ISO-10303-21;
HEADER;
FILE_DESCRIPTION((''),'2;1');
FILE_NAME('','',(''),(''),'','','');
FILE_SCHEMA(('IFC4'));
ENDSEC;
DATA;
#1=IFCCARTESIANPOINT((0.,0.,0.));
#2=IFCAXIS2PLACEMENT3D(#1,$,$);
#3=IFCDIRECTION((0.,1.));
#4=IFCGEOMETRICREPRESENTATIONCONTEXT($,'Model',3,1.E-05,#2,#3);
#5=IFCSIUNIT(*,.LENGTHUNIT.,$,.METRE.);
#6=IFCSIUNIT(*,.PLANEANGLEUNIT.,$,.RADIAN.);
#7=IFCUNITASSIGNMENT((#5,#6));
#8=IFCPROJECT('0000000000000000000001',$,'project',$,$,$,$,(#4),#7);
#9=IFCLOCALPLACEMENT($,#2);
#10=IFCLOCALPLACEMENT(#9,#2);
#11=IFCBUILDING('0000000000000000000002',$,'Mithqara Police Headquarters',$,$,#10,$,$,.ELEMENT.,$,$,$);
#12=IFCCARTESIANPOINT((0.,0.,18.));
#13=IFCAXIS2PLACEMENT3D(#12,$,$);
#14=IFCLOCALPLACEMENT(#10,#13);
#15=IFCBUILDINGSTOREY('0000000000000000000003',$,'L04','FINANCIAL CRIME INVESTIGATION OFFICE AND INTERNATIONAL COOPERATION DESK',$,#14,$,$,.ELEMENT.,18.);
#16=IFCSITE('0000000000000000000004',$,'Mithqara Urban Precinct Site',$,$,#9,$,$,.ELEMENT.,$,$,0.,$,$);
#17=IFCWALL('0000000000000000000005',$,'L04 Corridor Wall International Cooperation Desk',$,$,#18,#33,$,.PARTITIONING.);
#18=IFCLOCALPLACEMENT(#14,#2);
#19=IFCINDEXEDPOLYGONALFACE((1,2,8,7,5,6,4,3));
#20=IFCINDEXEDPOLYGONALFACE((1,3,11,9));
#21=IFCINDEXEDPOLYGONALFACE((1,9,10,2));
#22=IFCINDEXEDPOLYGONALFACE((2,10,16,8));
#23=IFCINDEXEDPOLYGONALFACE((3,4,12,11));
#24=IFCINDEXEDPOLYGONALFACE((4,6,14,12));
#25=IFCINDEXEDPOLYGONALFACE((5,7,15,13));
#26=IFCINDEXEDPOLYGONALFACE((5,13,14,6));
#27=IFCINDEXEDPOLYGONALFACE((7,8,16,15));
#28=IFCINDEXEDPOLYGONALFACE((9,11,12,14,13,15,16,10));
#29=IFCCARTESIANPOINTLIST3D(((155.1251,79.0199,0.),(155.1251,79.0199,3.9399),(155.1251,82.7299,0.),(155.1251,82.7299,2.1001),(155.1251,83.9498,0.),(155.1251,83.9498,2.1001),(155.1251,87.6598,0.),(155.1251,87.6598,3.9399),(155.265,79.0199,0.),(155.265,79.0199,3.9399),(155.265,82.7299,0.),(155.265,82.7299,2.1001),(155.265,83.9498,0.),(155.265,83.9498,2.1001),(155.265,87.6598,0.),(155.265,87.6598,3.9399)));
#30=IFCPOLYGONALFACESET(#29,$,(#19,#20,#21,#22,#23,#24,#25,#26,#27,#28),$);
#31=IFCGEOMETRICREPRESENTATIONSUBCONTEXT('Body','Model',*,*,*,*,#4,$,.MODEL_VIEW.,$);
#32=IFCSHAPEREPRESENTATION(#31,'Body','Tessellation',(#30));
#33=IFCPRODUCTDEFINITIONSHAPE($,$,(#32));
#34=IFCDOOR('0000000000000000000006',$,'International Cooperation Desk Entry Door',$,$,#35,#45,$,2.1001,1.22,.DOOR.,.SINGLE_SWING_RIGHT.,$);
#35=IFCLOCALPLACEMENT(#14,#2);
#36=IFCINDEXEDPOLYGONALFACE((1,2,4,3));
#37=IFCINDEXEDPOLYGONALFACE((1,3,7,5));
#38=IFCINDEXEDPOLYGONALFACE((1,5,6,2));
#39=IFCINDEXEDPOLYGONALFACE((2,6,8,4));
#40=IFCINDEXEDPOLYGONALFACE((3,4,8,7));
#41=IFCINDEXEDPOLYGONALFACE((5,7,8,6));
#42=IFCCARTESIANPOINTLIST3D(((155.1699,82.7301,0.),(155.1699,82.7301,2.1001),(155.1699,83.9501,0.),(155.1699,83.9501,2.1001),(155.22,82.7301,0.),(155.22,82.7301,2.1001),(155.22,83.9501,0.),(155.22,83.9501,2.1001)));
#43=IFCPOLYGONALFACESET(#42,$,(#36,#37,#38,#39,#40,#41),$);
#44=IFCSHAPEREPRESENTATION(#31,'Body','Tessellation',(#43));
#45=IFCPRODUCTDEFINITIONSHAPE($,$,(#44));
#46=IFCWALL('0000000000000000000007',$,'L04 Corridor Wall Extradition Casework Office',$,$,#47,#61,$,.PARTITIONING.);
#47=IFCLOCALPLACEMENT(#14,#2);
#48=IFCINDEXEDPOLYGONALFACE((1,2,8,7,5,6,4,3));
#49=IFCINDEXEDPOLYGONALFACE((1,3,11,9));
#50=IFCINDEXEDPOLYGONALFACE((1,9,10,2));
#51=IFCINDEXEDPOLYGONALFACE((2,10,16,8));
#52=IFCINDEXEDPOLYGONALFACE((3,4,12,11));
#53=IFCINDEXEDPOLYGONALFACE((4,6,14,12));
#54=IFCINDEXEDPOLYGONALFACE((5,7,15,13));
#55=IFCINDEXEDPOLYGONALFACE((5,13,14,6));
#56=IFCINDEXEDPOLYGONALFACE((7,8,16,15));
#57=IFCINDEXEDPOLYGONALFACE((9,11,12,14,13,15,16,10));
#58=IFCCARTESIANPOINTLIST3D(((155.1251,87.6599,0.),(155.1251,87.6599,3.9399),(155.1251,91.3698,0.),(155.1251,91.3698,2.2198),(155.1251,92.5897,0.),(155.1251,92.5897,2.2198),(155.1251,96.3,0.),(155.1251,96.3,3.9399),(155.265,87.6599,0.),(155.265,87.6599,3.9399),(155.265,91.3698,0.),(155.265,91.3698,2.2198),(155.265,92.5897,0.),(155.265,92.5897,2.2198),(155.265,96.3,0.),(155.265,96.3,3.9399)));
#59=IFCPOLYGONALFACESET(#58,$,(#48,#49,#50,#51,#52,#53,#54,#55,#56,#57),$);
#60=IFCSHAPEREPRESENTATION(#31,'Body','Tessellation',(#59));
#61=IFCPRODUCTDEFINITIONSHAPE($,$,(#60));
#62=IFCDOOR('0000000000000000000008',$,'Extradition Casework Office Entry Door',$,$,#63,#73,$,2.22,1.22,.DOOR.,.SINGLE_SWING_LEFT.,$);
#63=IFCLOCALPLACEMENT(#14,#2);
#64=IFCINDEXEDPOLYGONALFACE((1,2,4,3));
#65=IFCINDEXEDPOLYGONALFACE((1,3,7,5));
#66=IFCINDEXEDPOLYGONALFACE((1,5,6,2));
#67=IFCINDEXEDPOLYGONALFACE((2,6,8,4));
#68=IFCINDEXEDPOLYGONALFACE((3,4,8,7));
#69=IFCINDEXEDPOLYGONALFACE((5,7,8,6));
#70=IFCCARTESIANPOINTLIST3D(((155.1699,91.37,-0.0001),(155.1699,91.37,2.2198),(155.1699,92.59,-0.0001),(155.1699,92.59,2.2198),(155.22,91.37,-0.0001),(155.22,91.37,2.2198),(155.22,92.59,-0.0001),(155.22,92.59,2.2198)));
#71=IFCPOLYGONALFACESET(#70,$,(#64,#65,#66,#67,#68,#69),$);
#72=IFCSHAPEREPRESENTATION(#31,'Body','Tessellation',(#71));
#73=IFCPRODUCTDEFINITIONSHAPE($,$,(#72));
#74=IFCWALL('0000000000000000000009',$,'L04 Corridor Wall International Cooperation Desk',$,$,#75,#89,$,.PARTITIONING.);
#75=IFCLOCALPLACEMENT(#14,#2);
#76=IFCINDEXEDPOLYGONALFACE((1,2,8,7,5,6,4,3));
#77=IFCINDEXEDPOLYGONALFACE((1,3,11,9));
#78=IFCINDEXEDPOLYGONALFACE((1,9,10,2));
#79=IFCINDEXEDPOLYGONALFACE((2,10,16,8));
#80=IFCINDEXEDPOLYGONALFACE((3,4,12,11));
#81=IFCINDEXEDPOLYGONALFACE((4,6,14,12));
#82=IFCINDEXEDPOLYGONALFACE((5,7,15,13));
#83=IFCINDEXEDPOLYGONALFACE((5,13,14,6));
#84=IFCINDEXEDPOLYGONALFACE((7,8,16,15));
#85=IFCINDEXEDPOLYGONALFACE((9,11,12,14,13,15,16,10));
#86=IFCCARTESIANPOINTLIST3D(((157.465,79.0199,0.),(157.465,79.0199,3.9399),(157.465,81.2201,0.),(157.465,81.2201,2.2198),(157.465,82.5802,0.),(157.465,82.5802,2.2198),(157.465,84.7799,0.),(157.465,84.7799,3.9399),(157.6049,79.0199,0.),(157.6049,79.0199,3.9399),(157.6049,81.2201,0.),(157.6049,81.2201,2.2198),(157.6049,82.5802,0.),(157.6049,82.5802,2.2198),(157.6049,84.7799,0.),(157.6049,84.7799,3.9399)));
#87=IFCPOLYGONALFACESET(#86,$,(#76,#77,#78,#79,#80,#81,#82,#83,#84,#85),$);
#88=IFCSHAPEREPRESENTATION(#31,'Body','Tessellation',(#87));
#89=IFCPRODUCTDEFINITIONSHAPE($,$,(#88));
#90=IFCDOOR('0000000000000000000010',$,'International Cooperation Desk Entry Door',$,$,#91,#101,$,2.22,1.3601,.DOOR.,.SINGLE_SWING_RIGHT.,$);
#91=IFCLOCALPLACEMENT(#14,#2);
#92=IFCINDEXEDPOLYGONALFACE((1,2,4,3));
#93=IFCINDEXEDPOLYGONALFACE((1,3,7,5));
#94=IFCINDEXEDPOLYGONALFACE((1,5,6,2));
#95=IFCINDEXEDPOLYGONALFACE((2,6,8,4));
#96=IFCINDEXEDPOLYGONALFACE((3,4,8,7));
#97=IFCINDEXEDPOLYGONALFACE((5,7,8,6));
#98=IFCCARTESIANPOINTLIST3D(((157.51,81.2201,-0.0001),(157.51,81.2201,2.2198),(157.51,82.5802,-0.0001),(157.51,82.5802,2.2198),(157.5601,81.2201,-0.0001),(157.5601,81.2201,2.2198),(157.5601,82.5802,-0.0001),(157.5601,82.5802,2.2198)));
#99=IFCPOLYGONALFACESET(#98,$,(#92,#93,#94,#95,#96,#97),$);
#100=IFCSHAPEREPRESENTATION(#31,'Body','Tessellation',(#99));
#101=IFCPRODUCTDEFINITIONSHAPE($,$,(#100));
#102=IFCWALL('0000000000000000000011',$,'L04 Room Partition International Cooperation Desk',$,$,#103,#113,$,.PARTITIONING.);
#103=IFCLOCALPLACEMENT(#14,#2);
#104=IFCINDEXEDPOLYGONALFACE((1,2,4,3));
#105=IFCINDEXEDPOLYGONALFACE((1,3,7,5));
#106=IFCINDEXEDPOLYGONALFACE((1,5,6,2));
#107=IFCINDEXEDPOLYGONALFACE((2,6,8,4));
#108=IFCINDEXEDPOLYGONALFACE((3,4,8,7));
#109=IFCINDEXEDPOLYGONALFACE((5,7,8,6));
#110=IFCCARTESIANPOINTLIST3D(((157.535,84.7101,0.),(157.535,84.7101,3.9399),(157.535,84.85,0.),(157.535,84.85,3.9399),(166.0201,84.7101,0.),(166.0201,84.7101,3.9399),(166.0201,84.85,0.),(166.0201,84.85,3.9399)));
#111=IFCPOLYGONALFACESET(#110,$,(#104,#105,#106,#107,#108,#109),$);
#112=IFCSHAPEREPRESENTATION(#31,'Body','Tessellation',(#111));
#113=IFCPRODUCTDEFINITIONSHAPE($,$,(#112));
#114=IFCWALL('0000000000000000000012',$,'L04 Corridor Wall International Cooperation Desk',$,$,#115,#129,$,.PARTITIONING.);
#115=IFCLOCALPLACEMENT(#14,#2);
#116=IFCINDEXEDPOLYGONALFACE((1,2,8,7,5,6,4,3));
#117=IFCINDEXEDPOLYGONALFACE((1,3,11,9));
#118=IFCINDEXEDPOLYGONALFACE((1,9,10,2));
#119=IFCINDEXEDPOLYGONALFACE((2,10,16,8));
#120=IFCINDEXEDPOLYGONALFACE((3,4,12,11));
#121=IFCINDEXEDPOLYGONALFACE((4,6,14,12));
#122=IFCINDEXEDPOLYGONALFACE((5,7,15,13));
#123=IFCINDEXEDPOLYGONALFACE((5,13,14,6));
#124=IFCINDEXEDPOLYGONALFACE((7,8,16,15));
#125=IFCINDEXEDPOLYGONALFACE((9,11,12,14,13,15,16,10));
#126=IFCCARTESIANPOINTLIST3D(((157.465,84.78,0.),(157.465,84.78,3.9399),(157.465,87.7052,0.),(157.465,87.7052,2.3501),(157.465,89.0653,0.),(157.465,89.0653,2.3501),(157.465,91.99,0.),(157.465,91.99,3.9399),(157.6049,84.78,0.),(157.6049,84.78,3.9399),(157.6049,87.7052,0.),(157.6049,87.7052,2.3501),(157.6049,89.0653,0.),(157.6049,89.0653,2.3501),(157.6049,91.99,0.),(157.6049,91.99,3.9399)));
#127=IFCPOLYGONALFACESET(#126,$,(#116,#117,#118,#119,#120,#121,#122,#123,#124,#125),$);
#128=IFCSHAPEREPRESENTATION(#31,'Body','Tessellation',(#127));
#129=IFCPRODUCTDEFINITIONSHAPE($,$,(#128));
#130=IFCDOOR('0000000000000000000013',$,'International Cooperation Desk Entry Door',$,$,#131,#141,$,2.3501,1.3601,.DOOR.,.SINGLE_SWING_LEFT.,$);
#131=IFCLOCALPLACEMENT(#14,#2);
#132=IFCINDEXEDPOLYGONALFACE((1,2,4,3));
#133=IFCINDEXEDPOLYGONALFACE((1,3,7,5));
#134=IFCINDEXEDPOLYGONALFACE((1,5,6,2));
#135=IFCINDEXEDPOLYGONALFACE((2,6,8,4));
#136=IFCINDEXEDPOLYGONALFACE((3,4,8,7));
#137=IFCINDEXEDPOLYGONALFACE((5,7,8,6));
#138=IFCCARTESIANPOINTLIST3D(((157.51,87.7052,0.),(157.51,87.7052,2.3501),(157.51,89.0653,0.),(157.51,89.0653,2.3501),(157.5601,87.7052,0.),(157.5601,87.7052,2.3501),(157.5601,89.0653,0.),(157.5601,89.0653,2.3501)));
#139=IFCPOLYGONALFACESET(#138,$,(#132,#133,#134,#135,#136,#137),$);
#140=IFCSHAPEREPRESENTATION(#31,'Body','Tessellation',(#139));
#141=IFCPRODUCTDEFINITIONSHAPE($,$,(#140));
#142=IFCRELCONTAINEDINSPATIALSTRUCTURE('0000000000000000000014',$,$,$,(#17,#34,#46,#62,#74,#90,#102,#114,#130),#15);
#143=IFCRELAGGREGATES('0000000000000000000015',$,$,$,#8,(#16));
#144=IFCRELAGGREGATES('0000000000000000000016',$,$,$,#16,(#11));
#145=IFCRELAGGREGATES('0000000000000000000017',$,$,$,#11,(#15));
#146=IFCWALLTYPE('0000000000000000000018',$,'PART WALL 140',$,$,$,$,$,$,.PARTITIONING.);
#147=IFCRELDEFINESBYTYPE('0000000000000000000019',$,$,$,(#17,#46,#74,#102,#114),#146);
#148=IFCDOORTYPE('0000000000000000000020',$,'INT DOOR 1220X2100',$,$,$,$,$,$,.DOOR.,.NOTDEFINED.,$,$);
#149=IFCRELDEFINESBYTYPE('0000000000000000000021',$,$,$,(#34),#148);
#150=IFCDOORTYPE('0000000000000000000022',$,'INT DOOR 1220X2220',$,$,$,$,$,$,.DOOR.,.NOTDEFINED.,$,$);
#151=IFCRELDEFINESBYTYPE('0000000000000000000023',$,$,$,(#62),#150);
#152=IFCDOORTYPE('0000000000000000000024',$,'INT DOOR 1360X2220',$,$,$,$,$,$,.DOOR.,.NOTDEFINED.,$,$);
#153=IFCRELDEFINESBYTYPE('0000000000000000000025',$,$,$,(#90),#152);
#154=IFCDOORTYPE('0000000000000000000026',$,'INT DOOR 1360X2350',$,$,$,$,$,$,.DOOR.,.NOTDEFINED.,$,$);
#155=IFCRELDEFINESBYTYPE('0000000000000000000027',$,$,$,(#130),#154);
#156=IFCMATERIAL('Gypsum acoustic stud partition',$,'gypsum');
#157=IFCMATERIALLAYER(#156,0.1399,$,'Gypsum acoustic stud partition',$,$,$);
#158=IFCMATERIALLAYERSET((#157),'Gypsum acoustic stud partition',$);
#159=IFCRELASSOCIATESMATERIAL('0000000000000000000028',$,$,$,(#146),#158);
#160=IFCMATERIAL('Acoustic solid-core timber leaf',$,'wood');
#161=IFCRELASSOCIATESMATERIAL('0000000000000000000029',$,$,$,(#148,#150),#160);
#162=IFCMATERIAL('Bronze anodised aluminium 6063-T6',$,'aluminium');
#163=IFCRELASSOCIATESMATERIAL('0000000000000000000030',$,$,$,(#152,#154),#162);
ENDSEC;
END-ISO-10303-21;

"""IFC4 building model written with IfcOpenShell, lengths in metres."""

from ifc_helpers import new_model, si_unit, direction, frame, frame_2d, origin, place, context, subcontext, project, spatial, rectangle, extrude, material, layer, layer_set, type_object, element, fill, save


model = new_model("IFC4")

# Units and contexts
model_context = context("Model", 3, precision=1e-05, world=origin(), true_north=direction((0.0, 1.0)))
body_context = subcontext(model_context, "Body", "Model", "MODEL_VIEW")
ifc_project = project(units=[si_unit("LENGTHUNIT", "METRE"), si_unit("PLANEANGLEUNIT", "RADIAN")], contexts=[model_context])

# Site, building, storey
site_placement = place(None, origin())
site = spatial("IfcSite", under=ifc_project, at=site_placement, Name="Mithqara Urban Precinct Site", CompositionType="ELEMENT", RefElevation=0.0)
building_placement = place(site_placement, origin())
building = spatial("IfcBuilding", under=site, at=building_placement, Name="Mithqara Police Headquarters", CompositionType="ELEMENT")
storey_placement = place(building_placement, frame((0.0, 0.0, 18.0)))
storey = spatial("IfcBuildingStorey", under=building, at=storey_placement, Name="L04", Description="FINANCIAL CRIME INVESTIGATION OFFICE AND INTERNATIONAL COOPERATION DESK", CompositionType="ELEMENT", Elevation=18.0)

# Walls, openings, doors
ifc_material_1 = material(Name="Gypsum acoustic stud partition", Category="gypsum")
ifc_layer = layer(ifc_material_1, 0.1399, Name="Gypsum acoustic stud partition")
ifc_layer_set = layer_set([ifc_layer], Name="Gypsum acoustic stud partition")
wall_type = type_object("IfcWallType", Name="PART WALL 140", PredefinedType="PARTITIONING", material=ifc_layer_set)
wall_1_placement = place(storey_placement, frame((155.1951, 79.02, 0.0), z_axis=(0.0, 0.0, 1.0), x_axis=(0.0, 1.0, 0.0)))
wall_1 = element("IfcWall", 1, at=wall_1_placement, inside=storey, type_object=wall_type, Name="L04 Corridor Wall International Cooperation Desk", PredefinedType="PARTITIONING", context=body_context, shape_type="SweptSolid", body=[
    extrude(rectangle(XDim=8.6399, YDim=0.1399, at=frame_2d((4.3198, 0.0))), origin(), (0.0, 0.0, 1.0), 3.9399),
])
opening_1_placement = place(wall_1_placement, frame((3.71, 0.0, 0.0)))
opening_1 = element("IfcOpeningElement", 2, at=opening_1_placement, cuts=wall_1, PredefinedType="OPENING", context=body_context, shape_type="SweptSolid", body=[
    extrude(rectangle(XDim=1.22, YDim=2.1001, at=frame_2d((0.6099, 1.05))), frame((0.0, 0.0801, 0.0), z_axis=(0.0, -1.0, 0.0), x_axis=(1.0, 0.0, 0.0)), (0.0, 0.0, 1.0), 0.1599),
])
ifc_material_2 = material(Name="Acoustic solid-core timber leaf", Category="wood")
door_type_1 = type_object("IfcDoorType", Name="INT DOOR 1220X2100", OperationType="NOTDEFINED", PredefinedType="DOOR", material=ifc_material_2)
door_1_placement = place(opening_1_placement, frame((1.22, 0.0, 0.0), z_axis=(0.0, 0.0, 1.0), x_axis=(-1.0, 0.0, 0.0)))
door_1 = element("IfcDoor", 3, at=door_1_placement, inside=storey, type_object=door_type_1, Name="International Cooperation Desk Entry Door", OperationType="SINGLE_SWING_RIGHT", OverallHeight=2.1001, OverallWidth=1.22, PredefinedType="DOOR", context=body_context, shape_type="SweptSolid", body=[
    extrude(rectangle(XDim=1.22, YDim=2.1001, at=frame_2d((0.6099, 1.05))), frame((0.0, 0.0249, 0.0), z_axis=(0.0, -1.0, 0.0), x_axis=(1.0, 0.0, 0.0)), (0.0, 0.0, 1.0), 0.05),
])
fill(opening_1, door_1)
wall_2_placement = place(storey_placement, frame((155.1951, 87.6599, 0.0), z_axis=(0.0, 0.0, 1.0), x_axis=(0.0, 1.0, 0.0)))
wall_2 = element("IfcWall", 4, at=wall_2_placement, inside=storey, type_object=wall_type, Name="L04 Corridor Wall Extradition Casework Office", PredefinedType="PARTITIONING", context=body_context, shape_type="SweptSolid", body=[
    extrude(rectangle(XDim=8.6401, YDim=0.1399, at=frame_2d((4.3201, 0.0))), origin(), (0.0, 0.0, 1.0), 3.9399),
])
opening_2_placement = place(wall_2_placement, frame((3.71, 0.0, 0.0)))
opening_2 = element("IfcOpeningElement", 5, at=opening_2_placement, cuts=wall_2, PredefinedType="OPENING", context=body_context, shape_type="SweptSolid", body=[
    extrude(rectangle(XDim=1.22, YDim=2.22, at=frame_2d((0.6099, 1.1099))), frame((0.0, 0.0801, 0.0), z_axis=(0.0, -1.0, 0.0), x_axis=(1.0, 0.0, 0.0)), (0.0, 0.0, 1.0), 0.1599),
])
door_type_2 = type_object("IfcDoorType", Name="INT DOOR 1220X2220", OperationType="NOTDEFINED", PredefinedType="DOOR", material=ifc_material_2)
door_2_placement = place(opening_2_placement, frame((1.22, 0.0, 0.0), z_axis=(0.0, 0.0, 1.0), x_axis=(-1.0, 0.0, 0.0)))
door_2 = element("IfcDoor", 6, at=door_2_placement, inside=storey, type_object=door_type_2, Name="Extradition Casework Office Entry Door", OperationType="SINGLE_SWING_LEFT", OverallHeight=2.22, OverallWidth=1.22, PredefinedType="DOOR", context=body_context, shape_type="SweptSolid", body=[
    extrude(rectangle(XDim=1.22, YDim=2.22, at=frame_2d((0.6099, 1.1099))), frame((0.0, 0.0249, 0.0), z_axis=(0.0, -1.0, 0.0), x_axis=(1.0, 0.0, 0.0)), (0.0, 0.0, 1.0), 0.05),
])
fill(opening_2, door_2)
wall_3_placement = place(storey_placement, frame((157.5349, 79.02, 0.0), z_axis=(0.0, 0.0, 1.0), x_axis=(0.0, 1.0, 0.0)))
wall_3 = element("IfcWall", 7, at=wall_3_placement, inside=storey, type_object=wall_type, Name="L04 Corridor Wall International Cooperation Desk", PredefinedType="PARTITIONING", context=body_context, shape_type="SweptSolid", body=[
    extrude(rectangle(XDim=5.76, YDim=0.1399, at=frame_2d((2.8799, 0.0))), origin(), (0.0, 0.0, 1.0), 3.9399),
])
opening_3_placement = place(wall_3_placement, frame((2.2, 0.0, 0.0)))
opening_3 = element("IfcOpeningElement", 8, at=opening_3_placement, cuts=wall_3, PredefinedType="OPENING", context=body_context, shape_type="SweptSolid", body=[
    extrude(rectangle(XDim=1.3601, YDim=2.22, at=frame_2d((0.6802, 1.1099))), frame((0.0, 0.0801, 0.0), z_axis=(0.0, -1.0, 0.0), x_axis=(1.0, 0.0, 0.0)), (0.0, 0.0, 1.0), 0.1599),
])
ifc_material_3 = material(Name="Bronze anodised aluminium 6063-T6", Category="aluminium")
door_type_3 = type_object("IfcDoorType", Name="INT DOOR 1360X2220", OperationType="NOTDEFINED", PredefinedType="DOOR", material=ifc_material_3)
door_3_placement = place(opening_3_placement, origin())
door_3 = element("IfcDoor", 9, at=door_3_placement, inside=storey, type_object=door_type_3, Name="International Cooperation Desk Entry Door", OperationType="SINGLE_SWING_RIGHT", OverallHeight=2.22, OverallWidth=1.3601, PredefinedType="DOOR", context=body_context, shape_type="SweptSolid", body=[
    extrude(rectangle(XDim=1.3601, YDim=2.22, at=frame_2d((0.6802, 1.1099))), frame((0.0, 0.0249, 0.0), z_axis=(0.0, -1.0, 0.0), x_axis=(1.0, 0.0, 0.0)), (0.0, 0.0, 1.0), 0.05),
])
fill(opening_3, door_3)

# Wall
wall_4_placement = place(storey_placement, frame((157.5349, 84.78, 0.0), z_axis=(0.0, 0.0, 1.0), x_axis=(1.0, 0.0, 0.0)))
element("IfcWall", 10, at=wall_4_placement, inside=storey, type_object=wall_type, Name="L04 Room Partition International Cooperation Desk", PredefinedType="PARTITIONING", context=body_context, shape_type="SweptSolid", body=[
    extrude(rectangle(XDim=8.4851, YDim=0.1399, at=frame_2d((4.2427, 0.0))), origin(), (0.0, 0.0, 1.0), 3.9399),
])

# Wall, opening, door
wall_5_placement = place(storey_placement, frame((157.5349, 84.78, 0.0), z_axis=(0.0, 0.0, 1.0), x_axis=(0.0, 1.0, 0.0)))
wall_5 = element("IfcWall", 11, at=wall_5_placement, inside=storey, type_object=wall_type, Name="L04 Corridor Wall International Cooperation Desk", PredefinedType="PARTITIONING", context=body_context, shape_type="SweptSolid", body=[
    extrude(rectangle(XDim=7.21, YDim=0.1399, at=frame_2d((3.605, 0.0))), origin(), (0.0, 0.0, 1.0), 3.9399),
])
opening_4_placement = place(wall_5_placement, frame((2.925, 0.0, 0.0)))
opening_4 = element("IfcOpeningElement", 12, at=opening_4_placement, cuts=wall_5, PredefinedType="OPENING", context=body_context, shape_type="SweptSolid", body=[
    extrude(rectangle(XDim=1.3601, YDim=2.3501, at=frame_2d((0.6802, 1.175))), frame((0.0, 0.0801, 0.0), z_axis=(0.0, -1.0, 0.0), x_axis=(1.0, 0.0, 0.0)), (0.0, 0.0, 1.0), 0.1599),
])
door_type_4 = type_object("IfcDoorType", Name="INT DOOR 1360X2350", OperationType="NOTDEFINED", PredefinedType="DOOR", material=ifc_material_3)
door_4_placement = place(opening_4_placement, origin())
door_4 = element("IfcDoor", 13, at=door_4_placement, inside=storey, type_object=door_type_4, Name="International Cooperation Desk Entry Door", OperationType="SINGLE_SWING_LEFT", OverallHeight=2.3501, OverallWidth=1.3601, PredefinedType="DOOR", context=body_context, shape_type="SweptSolid", body=[
    extrude(rectangle(XDim=1.3601, YDim=2.3501, at=frame_2d((0.6802, 1.175))), frame((0.0, 0.0249, 0.0), z_axis=(0.0, -1.0, 0.0), x_axis=(1.0, 0.0, 0.0)), (0.0, 0.0, 1.0), 0.05),
])
fill(opening_4, door_4)

save(model, "model.ifc")
